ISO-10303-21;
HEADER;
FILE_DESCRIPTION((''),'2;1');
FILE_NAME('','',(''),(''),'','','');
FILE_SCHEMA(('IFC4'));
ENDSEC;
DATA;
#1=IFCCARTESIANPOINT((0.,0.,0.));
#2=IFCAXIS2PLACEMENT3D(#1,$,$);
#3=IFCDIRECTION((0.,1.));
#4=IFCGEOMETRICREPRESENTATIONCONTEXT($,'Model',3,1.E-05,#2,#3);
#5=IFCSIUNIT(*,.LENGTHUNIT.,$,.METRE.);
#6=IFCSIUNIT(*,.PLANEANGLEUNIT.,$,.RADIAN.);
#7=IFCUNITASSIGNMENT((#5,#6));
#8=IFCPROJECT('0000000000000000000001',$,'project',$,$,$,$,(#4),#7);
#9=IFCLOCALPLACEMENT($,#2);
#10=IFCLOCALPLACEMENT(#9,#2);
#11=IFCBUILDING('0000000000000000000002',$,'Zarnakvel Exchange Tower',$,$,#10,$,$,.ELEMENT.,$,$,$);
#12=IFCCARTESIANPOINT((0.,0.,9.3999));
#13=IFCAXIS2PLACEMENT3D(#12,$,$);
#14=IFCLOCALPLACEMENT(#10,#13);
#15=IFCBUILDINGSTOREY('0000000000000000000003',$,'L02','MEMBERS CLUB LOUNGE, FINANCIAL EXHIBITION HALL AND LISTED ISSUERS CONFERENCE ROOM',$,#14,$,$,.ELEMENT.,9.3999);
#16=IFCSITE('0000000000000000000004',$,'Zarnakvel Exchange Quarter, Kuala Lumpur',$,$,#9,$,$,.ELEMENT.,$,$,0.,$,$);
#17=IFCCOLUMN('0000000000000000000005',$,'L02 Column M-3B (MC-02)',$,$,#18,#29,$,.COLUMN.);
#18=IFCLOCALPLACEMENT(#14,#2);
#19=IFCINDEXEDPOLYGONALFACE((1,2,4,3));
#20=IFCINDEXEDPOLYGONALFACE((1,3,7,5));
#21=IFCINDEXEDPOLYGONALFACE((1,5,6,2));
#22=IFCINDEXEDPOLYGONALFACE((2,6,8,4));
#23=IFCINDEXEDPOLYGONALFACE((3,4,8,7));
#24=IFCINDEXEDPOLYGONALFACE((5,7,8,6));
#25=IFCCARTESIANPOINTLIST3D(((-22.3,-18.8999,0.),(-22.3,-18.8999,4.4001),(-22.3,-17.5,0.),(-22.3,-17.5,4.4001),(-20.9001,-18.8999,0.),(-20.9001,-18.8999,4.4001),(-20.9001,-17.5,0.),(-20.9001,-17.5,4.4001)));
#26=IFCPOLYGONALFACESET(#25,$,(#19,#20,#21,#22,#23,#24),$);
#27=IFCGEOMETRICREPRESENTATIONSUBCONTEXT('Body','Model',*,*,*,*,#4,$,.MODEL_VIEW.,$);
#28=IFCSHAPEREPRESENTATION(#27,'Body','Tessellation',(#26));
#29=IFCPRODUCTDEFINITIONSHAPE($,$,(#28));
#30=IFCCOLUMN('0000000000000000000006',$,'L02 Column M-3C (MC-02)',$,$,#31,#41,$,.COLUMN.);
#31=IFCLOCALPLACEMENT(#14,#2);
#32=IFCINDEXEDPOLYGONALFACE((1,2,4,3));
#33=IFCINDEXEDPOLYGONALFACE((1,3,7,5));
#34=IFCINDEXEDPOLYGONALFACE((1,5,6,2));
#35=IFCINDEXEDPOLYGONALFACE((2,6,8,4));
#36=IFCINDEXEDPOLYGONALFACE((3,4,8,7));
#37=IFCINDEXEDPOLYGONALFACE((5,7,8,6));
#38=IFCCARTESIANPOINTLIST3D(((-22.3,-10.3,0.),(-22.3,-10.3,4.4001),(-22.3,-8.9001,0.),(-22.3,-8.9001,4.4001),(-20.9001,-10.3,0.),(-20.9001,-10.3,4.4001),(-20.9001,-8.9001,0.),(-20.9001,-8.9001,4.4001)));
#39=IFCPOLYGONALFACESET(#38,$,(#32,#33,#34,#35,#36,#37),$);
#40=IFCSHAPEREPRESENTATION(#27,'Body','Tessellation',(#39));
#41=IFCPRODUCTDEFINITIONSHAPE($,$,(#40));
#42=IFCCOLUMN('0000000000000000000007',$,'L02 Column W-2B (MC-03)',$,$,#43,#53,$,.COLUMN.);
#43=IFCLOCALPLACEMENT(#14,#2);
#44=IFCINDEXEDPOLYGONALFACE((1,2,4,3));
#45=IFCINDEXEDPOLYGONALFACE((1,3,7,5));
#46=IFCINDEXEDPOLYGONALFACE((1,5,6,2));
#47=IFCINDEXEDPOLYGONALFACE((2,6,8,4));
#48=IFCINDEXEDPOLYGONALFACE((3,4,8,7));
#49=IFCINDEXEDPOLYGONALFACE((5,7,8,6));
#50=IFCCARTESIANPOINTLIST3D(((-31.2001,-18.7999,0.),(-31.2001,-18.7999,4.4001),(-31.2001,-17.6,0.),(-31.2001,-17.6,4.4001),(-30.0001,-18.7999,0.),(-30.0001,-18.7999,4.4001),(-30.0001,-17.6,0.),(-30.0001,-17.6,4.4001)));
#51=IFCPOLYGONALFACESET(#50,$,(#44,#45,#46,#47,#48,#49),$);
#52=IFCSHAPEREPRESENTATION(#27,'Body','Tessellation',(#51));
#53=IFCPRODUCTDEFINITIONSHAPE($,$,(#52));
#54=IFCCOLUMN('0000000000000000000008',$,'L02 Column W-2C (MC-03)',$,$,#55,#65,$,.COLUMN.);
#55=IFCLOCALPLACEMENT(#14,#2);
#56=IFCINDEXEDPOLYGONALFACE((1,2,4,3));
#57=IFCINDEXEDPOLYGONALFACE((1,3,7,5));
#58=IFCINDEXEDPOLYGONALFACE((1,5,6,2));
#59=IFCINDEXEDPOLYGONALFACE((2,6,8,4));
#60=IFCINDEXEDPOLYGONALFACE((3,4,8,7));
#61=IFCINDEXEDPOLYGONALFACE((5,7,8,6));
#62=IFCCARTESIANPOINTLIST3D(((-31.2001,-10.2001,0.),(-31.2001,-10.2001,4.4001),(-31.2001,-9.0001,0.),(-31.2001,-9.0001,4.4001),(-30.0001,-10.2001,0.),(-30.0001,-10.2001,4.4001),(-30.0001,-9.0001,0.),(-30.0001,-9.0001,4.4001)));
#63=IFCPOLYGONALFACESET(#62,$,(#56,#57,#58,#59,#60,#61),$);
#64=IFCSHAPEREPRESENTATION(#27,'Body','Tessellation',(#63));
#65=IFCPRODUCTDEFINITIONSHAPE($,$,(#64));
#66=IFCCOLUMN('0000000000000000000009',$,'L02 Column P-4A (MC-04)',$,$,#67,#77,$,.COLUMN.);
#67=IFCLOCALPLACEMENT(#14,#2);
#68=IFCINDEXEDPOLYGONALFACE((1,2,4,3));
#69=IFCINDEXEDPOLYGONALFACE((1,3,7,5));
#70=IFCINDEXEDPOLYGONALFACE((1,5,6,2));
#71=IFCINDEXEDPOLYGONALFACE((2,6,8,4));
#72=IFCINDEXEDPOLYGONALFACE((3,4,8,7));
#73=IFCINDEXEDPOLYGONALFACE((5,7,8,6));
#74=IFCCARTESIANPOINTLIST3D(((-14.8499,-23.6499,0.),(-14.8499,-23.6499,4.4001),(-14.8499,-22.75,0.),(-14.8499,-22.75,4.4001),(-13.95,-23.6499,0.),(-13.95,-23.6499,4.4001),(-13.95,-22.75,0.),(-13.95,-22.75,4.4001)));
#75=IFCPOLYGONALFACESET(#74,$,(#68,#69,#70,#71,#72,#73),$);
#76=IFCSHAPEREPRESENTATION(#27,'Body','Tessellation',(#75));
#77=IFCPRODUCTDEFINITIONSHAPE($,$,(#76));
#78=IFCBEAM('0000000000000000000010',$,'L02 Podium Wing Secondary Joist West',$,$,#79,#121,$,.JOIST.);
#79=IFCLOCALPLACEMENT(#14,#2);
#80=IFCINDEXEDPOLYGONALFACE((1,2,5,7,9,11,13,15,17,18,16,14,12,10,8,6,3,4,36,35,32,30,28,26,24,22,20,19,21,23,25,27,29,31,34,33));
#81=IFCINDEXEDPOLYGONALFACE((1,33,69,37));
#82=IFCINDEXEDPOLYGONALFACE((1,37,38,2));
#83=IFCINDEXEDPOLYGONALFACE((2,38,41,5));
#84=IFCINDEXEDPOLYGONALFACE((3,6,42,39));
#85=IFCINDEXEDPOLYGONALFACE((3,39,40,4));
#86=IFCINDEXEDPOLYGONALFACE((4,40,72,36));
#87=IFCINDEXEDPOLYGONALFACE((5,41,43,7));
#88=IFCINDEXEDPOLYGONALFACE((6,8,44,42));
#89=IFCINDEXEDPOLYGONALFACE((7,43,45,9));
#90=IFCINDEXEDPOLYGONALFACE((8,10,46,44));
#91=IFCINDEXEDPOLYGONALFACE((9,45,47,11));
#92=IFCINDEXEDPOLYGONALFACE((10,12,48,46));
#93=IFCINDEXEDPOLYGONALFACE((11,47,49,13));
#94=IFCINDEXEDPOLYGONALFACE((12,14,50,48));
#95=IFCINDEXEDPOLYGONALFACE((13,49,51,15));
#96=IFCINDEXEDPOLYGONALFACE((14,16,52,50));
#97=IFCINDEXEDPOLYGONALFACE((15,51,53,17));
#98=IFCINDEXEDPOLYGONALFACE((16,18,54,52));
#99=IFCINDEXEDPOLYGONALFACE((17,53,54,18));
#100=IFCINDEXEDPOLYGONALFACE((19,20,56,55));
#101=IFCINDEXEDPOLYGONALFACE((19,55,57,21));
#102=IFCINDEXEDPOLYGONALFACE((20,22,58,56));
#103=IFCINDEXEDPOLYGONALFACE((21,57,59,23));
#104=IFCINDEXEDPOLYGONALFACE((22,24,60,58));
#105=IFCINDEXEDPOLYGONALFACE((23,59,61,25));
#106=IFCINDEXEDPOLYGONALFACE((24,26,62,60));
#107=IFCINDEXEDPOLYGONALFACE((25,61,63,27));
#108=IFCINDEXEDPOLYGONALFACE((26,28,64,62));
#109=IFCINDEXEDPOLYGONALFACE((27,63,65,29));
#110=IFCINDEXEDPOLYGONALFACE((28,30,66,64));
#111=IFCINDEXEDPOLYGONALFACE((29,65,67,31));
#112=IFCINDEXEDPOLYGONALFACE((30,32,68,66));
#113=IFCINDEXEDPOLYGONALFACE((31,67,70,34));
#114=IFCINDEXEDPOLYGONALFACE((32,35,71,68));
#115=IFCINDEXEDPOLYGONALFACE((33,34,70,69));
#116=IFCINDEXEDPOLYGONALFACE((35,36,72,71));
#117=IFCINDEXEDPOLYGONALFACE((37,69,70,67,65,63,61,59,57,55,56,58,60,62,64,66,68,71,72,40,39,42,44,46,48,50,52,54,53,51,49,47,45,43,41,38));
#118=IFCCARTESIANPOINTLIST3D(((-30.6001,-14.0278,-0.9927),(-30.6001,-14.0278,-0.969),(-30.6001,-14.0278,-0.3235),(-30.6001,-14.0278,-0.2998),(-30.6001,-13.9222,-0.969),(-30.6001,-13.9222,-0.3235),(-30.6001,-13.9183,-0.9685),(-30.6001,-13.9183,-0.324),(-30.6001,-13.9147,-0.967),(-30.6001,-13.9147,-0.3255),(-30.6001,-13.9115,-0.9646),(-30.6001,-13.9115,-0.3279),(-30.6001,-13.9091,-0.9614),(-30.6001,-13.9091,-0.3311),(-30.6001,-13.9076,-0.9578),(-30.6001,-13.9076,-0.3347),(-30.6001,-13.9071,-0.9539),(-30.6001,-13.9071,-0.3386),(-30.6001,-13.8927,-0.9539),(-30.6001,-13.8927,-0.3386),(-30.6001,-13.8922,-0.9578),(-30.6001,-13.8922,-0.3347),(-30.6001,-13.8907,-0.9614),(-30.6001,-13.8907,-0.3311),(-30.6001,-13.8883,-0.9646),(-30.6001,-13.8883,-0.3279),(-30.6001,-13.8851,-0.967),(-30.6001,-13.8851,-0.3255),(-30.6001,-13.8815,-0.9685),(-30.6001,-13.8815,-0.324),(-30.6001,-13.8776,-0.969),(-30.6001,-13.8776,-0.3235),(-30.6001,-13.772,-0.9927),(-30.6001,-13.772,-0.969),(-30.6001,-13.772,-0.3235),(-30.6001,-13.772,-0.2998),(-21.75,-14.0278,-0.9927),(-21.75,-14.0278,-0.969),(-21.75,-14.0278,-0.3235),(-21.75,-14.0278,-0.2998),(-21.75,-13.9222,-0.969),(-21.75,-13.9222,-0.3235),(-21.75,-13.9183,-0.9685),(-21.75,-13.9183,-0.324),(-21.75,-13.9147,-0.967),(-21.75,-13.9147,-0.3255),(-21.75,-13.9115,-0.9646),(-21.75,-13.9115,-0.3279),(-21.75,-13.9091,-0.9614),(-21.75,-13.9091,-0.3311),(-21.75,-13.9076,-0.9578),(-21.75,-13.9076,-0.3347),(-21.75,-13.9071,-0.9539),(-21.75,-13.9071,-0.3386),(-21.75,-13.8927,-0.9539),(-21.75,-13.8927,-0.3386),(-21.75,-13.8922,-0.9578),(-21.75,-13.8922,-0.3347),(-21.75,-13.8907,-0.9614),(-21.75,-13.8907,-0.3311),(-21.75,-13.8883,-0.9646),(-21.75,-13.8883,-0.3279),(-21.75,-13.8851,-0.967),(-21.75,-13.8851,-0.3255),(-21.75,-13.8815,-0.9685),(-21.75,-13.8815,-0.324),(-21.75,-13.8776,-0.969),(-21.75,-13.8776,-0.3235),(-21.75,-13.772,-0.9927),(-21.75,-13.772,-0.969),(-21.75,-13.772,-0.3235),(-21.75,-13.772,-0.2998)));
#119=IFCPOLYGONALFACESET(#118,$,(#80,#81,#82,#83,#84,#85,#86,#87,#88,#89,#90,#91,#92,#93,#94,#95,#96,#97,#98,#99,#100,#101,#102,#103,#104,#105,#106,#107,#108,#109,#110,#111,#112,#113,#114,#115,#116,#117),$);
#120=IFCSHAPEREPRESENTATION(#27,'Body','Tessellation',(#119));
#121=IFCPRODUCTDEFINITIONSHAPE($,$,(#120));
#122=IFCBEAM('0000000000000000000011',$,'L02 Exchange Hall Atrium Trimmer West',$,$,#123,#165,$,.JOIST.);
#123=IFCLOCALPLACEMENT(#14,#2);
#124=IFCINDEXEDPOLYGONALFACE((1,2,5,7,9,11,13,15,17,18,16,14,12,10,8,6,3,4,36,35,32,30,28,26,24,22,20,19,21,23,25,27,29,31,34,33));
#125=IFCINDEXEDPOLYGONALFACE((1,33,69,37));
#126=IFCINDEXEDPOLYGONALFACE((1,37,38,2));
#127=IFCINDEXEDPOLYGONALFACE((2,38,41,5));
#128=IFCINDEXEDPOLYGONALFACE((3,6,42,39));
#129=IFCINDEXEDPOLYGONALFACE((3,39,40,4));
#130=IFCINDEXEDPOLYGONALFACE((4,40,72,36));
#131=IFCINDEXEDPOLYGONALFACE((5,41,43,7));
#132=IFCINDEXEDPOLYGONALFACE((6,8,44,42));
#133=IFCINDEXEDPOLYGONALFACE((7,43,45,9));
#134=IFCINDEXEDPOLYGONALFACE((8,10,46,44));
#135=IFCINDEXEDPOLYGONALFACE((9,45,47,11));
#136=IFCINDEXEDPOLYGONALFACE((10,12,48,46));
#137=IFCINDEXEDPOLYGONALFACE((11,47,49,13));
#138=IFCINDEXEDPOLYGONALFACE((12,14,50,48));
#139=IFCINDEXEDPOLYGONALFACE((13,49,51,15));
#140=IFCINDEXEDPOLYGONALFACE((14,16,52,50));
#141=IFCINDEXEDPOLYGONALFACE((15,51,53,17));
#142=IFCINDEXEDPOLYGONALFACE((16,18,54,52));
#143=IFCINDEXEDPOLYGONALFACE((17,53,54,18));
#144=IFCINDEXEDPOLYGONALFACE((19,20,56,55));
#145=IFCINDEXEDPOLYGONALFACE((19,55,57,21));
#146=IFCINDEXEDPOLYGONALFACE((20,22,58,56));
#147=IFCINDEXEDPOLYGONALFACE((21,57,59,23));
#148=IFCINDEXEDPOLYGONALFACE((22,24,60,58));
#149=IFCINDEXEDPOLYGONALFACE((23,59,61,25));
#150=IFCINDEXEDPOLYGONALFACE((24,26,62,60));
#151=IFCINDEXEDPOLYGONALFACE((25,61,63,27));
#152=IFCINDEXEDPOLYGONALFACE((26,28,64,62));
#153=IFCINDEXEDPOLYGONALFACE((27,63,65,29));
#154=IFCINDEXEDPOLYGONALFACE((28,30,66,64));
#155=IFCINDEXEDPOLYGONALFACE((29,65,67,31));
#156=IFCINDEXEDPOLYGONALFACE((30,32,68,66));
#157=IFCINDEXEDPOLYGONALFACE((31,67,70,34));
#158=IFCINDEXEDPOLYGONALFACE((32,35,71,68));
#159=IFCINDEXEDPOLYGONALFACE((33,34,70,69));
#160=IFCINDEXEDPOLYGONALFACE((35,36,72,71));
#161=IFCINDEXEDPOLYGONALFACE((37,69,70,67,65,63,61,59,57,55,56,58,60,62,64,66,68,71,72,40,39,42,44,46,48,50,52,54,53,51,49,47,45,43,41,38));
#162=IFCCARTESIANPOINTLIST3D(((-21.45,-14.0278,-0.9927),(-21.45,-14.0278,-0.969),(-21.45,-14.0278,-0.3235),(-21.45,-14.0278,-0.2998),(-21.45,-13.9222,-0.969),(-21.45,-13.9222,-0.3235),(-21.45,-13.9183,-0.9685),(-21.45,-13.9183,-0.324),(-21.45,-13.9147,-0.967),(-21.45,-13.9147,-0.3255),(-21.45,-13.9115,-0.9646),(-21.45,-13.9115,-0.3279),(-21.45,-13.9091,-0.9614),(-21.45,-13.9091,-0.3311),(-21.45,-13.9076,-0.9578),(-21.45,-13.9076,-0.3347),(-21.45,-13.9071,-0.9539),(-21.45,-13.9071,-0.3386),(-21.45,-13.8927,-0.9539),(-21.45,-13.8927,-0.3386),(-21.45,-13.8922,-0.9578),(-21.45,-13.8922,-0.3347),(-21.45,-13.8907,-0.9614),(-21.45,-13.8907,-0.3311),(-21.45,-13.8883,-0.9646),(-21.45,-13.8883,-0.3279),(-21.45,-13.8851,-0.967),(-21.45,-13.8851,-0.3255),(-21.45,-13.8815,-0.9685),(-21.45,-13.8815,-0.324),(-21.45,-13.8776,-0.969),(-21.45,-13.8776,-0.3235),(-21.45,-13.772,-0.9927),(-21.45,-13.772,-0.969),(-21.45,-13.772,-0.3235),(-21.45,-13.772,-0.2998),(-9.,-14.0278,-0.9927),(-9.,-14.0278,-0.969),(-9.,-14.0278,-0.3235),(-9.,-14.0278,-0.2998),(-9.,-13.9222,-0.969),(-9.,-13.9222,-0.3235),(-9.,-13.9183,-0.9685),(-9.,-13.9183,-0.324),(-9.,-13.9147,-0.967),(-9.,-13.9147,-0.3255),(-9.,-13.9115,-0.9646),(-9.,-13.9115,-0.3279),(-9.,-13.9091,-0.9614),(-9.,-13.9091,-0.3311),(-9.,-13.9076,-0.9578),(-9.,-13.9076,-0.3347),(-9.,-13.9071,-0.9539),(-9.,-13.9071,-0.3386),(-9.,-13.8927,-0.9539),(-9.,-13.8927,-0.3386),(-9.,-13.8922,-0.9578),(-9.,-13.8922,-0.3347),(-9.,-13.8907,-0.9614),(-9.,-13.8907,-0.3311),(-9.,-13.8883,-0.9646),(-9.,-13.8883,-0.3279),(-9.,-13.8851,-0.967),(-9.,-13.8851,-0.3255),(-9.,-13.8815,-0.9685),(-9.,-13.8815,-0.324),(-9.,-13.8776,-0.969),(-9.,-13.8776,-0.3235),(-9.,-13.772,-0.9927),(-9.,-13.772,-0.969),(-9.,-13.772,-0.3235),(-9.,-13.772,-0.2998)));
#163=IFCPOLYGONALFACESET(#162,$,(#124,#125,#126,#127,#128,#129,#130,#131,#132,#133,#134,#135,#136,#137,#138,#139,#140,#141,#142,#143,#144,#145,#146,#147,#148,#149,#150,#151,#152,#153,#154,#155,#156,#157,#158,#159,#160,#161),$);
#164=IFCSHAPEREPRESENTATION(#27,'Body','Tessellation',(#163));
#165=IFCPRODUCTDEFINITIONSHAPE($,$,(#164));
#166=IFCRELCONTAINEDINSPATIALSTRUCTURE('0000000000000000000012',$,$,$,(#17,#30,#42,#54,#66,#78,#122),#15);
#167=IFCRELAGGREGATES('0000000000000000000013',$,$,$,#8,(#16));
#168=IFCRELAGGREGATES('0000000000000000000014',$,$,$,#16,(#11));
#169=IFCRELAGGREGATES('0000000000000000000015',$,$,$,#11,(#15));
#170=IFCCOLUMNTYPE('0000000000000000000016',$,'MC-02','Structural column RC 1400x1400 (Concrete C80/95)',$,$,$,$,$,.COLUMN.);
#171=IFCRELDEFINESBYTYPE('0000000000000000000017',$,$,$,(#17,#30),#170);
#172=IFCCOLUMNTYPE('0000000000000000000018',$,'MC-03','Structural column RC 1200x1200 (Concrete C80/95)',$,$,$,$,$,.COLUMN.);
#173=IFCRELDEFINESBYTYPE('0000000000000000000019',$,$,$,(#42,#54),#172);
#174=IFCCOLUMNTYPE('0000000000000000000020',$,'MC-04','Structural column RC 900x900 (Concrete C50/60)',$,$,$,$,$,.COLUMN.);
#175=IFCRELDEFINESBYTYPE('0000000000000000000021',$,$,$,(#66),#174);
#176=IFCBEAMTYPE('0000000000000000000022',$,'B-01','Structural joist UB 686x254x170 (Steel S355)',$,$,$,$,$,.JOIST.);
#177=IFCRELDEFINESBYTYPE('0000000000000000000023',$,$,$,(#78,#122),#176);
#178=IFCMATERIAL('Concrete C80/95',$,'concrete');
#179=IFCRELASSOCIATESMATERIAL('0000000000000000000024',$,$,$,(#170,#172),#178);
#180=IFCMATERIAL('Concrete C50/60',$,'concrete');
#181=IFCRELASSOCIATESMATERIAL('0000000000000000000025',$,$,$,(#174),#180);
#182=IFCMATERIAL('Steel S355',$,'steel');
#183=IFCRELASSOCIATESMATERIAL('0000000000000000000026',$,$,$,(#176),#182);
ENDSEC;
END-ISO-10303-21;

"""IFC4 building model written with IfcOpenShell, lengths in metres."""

from ifc_helpers import new_model, si_unit, direction, frame, origin, origin_2d, place, context, subcontext, project, spatial, rectangle, i_section, extrude, material, material_profile, profile_set, type_object, element, save


model = new_model("IFC4")

# Units and contexts
model_context = context("Model", 3, precision=1e-05, world=origin(), true_north=direction((0.0, 1.0)))
body_context = subcontext(model_context, "Body", "Model", "MODEL_VIEW")
ifc_project = project(units=[si_unit("LENGTHUNIT", "METRE"), si_unit("PLANEANGLEUNIT", "RADIAN")], contexts=[model_context])

# Site, building, storey
site_placement = place(None, origin())
site = spatial("IfcSite", under=ifc_project, at=site_placement, Name="Zarnakvel Exchange Quarter, Kuala Lumpur", CompositionType="ELEMENT", RefElevation=0.0)
building_placement = place(site_placement, origin())
building = spatial("IfcBuilding", under=site, at=building_placement, Name="Zarnakvel Exchange Tower", CompositionType="ELEMENT")
storey_placement = place(building_placement, frame((0.0, 0.0, 9.3999)))
storey = spatial("IfcBuildingStorey", under=building, at=storey_placement, Name="L02", Description="MEMBERS CLUB LOUNGE, FINANCIAL EXHIBITION HALL AND LISTED ISSUERS CONFERENCE ROOM", CompositionType="ELEMENT", Elevation=9.3999)

# Columns
ifc_material_1 = material(Name="Concrete C80/95", Category="concrete")
ifc_material_profile_1 = material_profile(ifc_material_1, rectangle(XDim=1.3999, YDim=1.3999, at=origin_2d()))
ifc_profile_set_1 = profile_set([ifc_material_profile_1], Name="Concrete C80/95")
column_type_1 = type_object("IfcColumnType", Name="MC-02", Description="Structural column RC 1400x1400 (Concrete C80/95)", PredefinedType="COLUMN", material=ifc_profile_set_1)
for number, where, z_axis, x_axis, name in (
    (1, (-21.6001, -18.2, 0.0), (0.0, 0.0, 1.0), (1.0, 0.0, 0.0), "L02 Column M-3B (MC-02)"),
    (2, (-21.6001, -9.6001, 0.0), (0.0, 0.0, 1.0), (1.0, 0.0, 0.0), "L02 Column M-3C (MC-02)"),
):
    element("IfcColumn", number, at=place(storey_placement, frame(where, z_axis=z_axis, x_axis=x_axis)), inside=storey, type_object=column_type_1, Name=name, PredefinedType="COLUMN", context=body_context, shape_type="SweptSolid", body=[
        extrude(rectangle(XDim=1.3999, YDim=1.3999, at=origin_2d()), origin(), (0.0, 0.0, 1.0), 4.4001),
    ])
ifc_material_profile_2 = material_profile(ifc_material_1, rectangle(XDim=1.2, YDim=1.2, at=origin_2d()))
ifc_profile_set_2 = profile_set([ifc_material_profile_2], Name="Concrete C80/95")
column_type_2 = type_object("IfcColumnType", Name="MC-03", Description="Structural column RC 1200x1200 (Concrete C80/95)", PredefinedType="COLUMN", material=ifc_profile_set_2)
for number, where, z_axis, x_axis, name in (
    (3, (-30.6001, -18.2, 0.0), (0.0, 0.0, 1.0), (1.0, 0.0, 0.0), "L02 Column W-2B (MC-03)"),
    (4, (-30.6001, -9.6001, 0.0), (0.0, 0.0, 1.0), (1.0, 0.0, 0.0), "L02 Column W-2C (MC-03)"),
):
    element("IfcColumn", number, at=place(storey_placement, frame(where, z_axis=z_axis, x_axis=x_axis)), inside=storey, type_object=column_type_2, Name=name, PredefinedType="COLUMN", context=body_context, shape_type="SweptSolid", body=[
        extrude(rectangle(XDim=1.2, YDim=1.2, at=origin_2d()), origin(), (0.0, 0.0, 1.0), 4.4001),
    ])
ifc_material_2 = material(Name="Concrete C50/60", Category="concrete")
ifc_material_profile_3 = material_profile(ifc_material_2, rectangle(XDim=0.8999, YDim=0.8999, at=origin_2d()))
ifc_profile_set_3 = profile_set([ifc_material_profile_3], Name="Concrete C50/60")
column_type_3 = type_object("IfcColumnType", Name="MC-04", Description="Structural column RC 900x900 (Concrete C50/60)", PredefinedType="COLUMN", material=ifc_profile_set_3)
column_placement = place(storey_placement, frame((-14.3999, -23.2, 0.0), z_axis=(0.0, 0.0, 1.0), x_axis=(1.0, 0.0, 0.0)))
element("IfcColumn", 5, at=column_placement, inside=storey, type_object=column_type_3, Name="L02 Column P-4A (MC-04)", PredefinedType="COLUMN", context=body_context, shape_type="SweptSolid", body=[
    extrude(rectangle(XDim=0.8999, YDim=0.8999, at=origin_2d()), origin(), (0.0, 0.0, 1.0), 4.4001),
])

# Beams
ifc_material_3 = material(Name="Steel S355", Category="steel")
ifc_material_profile_4 = material_profile(ifc_material_3, i_section(OverallWidth=0.2559, OverallDepth=0.6929, WebThickness=0.0144, FlangeThickness=0.0237, FilletRadius=0.0151, at=origin_2d()))
ifc_profile_set_4 = profile_set([ifc_material_profile_4], Name="Steel S355")
beam_type_1 = type_object("IfcBeamType", Name="B-01", Description="Structural joist UB 686x254x170 (Steel S355)", PredefinedType="JOIST", material=ifc_profile_set_4)
beam_1_placement = place(storey_placement, frame((-30.6001, -13.8999, -0.6462), z_axis=(1.0, 0.0, 0.0), x_axis=(0.0, 1.0, 0.0)))
element("IfcBeam", 6, at=beam_1_placement, inside=storey, type_object=beam_type_1, Name="L02 Podium Wing Secondary Joist West", PredefinedType="JOIST", context=body_context, shape_type="SweptSolid", body=[
    extrude(i_section(OverallWidth=0.2559, OverallDepth=0.6929, WebThickness=0.0144, FlangeThickness=0.0237, FilletRadius=0.0151, at=origin_2d()), origin(), (0.0, 0.0, 1.0), 8.8501),
])
beam_2_placement = place(storey_placement, frame((-21.45, -13.8999, -0.6462), z_axis=(1.0, 0.0, 0.0), x_axis=(0.0, 1.0, 0.0)))
element("IfcBeam", 7, at=beam_2_placement, inside=storey, type_object=beam_type_1, Name="L02 Exchange Hall Atrium Trimmer West", PredefinedType="JOIST", context=body_context, shape_type="SweptSolid", body=[
    extrude(i_section(OverallWidth=0.2559, OverallDepth=0.6929, WebThickness=0.0144, FlangeThickness=0.0237, FilletRadius=0.0151, at=origin_2d()), origin(), (0.0, 0.0, 1.0), 12.45),
])

save(model, "model.ifc")
